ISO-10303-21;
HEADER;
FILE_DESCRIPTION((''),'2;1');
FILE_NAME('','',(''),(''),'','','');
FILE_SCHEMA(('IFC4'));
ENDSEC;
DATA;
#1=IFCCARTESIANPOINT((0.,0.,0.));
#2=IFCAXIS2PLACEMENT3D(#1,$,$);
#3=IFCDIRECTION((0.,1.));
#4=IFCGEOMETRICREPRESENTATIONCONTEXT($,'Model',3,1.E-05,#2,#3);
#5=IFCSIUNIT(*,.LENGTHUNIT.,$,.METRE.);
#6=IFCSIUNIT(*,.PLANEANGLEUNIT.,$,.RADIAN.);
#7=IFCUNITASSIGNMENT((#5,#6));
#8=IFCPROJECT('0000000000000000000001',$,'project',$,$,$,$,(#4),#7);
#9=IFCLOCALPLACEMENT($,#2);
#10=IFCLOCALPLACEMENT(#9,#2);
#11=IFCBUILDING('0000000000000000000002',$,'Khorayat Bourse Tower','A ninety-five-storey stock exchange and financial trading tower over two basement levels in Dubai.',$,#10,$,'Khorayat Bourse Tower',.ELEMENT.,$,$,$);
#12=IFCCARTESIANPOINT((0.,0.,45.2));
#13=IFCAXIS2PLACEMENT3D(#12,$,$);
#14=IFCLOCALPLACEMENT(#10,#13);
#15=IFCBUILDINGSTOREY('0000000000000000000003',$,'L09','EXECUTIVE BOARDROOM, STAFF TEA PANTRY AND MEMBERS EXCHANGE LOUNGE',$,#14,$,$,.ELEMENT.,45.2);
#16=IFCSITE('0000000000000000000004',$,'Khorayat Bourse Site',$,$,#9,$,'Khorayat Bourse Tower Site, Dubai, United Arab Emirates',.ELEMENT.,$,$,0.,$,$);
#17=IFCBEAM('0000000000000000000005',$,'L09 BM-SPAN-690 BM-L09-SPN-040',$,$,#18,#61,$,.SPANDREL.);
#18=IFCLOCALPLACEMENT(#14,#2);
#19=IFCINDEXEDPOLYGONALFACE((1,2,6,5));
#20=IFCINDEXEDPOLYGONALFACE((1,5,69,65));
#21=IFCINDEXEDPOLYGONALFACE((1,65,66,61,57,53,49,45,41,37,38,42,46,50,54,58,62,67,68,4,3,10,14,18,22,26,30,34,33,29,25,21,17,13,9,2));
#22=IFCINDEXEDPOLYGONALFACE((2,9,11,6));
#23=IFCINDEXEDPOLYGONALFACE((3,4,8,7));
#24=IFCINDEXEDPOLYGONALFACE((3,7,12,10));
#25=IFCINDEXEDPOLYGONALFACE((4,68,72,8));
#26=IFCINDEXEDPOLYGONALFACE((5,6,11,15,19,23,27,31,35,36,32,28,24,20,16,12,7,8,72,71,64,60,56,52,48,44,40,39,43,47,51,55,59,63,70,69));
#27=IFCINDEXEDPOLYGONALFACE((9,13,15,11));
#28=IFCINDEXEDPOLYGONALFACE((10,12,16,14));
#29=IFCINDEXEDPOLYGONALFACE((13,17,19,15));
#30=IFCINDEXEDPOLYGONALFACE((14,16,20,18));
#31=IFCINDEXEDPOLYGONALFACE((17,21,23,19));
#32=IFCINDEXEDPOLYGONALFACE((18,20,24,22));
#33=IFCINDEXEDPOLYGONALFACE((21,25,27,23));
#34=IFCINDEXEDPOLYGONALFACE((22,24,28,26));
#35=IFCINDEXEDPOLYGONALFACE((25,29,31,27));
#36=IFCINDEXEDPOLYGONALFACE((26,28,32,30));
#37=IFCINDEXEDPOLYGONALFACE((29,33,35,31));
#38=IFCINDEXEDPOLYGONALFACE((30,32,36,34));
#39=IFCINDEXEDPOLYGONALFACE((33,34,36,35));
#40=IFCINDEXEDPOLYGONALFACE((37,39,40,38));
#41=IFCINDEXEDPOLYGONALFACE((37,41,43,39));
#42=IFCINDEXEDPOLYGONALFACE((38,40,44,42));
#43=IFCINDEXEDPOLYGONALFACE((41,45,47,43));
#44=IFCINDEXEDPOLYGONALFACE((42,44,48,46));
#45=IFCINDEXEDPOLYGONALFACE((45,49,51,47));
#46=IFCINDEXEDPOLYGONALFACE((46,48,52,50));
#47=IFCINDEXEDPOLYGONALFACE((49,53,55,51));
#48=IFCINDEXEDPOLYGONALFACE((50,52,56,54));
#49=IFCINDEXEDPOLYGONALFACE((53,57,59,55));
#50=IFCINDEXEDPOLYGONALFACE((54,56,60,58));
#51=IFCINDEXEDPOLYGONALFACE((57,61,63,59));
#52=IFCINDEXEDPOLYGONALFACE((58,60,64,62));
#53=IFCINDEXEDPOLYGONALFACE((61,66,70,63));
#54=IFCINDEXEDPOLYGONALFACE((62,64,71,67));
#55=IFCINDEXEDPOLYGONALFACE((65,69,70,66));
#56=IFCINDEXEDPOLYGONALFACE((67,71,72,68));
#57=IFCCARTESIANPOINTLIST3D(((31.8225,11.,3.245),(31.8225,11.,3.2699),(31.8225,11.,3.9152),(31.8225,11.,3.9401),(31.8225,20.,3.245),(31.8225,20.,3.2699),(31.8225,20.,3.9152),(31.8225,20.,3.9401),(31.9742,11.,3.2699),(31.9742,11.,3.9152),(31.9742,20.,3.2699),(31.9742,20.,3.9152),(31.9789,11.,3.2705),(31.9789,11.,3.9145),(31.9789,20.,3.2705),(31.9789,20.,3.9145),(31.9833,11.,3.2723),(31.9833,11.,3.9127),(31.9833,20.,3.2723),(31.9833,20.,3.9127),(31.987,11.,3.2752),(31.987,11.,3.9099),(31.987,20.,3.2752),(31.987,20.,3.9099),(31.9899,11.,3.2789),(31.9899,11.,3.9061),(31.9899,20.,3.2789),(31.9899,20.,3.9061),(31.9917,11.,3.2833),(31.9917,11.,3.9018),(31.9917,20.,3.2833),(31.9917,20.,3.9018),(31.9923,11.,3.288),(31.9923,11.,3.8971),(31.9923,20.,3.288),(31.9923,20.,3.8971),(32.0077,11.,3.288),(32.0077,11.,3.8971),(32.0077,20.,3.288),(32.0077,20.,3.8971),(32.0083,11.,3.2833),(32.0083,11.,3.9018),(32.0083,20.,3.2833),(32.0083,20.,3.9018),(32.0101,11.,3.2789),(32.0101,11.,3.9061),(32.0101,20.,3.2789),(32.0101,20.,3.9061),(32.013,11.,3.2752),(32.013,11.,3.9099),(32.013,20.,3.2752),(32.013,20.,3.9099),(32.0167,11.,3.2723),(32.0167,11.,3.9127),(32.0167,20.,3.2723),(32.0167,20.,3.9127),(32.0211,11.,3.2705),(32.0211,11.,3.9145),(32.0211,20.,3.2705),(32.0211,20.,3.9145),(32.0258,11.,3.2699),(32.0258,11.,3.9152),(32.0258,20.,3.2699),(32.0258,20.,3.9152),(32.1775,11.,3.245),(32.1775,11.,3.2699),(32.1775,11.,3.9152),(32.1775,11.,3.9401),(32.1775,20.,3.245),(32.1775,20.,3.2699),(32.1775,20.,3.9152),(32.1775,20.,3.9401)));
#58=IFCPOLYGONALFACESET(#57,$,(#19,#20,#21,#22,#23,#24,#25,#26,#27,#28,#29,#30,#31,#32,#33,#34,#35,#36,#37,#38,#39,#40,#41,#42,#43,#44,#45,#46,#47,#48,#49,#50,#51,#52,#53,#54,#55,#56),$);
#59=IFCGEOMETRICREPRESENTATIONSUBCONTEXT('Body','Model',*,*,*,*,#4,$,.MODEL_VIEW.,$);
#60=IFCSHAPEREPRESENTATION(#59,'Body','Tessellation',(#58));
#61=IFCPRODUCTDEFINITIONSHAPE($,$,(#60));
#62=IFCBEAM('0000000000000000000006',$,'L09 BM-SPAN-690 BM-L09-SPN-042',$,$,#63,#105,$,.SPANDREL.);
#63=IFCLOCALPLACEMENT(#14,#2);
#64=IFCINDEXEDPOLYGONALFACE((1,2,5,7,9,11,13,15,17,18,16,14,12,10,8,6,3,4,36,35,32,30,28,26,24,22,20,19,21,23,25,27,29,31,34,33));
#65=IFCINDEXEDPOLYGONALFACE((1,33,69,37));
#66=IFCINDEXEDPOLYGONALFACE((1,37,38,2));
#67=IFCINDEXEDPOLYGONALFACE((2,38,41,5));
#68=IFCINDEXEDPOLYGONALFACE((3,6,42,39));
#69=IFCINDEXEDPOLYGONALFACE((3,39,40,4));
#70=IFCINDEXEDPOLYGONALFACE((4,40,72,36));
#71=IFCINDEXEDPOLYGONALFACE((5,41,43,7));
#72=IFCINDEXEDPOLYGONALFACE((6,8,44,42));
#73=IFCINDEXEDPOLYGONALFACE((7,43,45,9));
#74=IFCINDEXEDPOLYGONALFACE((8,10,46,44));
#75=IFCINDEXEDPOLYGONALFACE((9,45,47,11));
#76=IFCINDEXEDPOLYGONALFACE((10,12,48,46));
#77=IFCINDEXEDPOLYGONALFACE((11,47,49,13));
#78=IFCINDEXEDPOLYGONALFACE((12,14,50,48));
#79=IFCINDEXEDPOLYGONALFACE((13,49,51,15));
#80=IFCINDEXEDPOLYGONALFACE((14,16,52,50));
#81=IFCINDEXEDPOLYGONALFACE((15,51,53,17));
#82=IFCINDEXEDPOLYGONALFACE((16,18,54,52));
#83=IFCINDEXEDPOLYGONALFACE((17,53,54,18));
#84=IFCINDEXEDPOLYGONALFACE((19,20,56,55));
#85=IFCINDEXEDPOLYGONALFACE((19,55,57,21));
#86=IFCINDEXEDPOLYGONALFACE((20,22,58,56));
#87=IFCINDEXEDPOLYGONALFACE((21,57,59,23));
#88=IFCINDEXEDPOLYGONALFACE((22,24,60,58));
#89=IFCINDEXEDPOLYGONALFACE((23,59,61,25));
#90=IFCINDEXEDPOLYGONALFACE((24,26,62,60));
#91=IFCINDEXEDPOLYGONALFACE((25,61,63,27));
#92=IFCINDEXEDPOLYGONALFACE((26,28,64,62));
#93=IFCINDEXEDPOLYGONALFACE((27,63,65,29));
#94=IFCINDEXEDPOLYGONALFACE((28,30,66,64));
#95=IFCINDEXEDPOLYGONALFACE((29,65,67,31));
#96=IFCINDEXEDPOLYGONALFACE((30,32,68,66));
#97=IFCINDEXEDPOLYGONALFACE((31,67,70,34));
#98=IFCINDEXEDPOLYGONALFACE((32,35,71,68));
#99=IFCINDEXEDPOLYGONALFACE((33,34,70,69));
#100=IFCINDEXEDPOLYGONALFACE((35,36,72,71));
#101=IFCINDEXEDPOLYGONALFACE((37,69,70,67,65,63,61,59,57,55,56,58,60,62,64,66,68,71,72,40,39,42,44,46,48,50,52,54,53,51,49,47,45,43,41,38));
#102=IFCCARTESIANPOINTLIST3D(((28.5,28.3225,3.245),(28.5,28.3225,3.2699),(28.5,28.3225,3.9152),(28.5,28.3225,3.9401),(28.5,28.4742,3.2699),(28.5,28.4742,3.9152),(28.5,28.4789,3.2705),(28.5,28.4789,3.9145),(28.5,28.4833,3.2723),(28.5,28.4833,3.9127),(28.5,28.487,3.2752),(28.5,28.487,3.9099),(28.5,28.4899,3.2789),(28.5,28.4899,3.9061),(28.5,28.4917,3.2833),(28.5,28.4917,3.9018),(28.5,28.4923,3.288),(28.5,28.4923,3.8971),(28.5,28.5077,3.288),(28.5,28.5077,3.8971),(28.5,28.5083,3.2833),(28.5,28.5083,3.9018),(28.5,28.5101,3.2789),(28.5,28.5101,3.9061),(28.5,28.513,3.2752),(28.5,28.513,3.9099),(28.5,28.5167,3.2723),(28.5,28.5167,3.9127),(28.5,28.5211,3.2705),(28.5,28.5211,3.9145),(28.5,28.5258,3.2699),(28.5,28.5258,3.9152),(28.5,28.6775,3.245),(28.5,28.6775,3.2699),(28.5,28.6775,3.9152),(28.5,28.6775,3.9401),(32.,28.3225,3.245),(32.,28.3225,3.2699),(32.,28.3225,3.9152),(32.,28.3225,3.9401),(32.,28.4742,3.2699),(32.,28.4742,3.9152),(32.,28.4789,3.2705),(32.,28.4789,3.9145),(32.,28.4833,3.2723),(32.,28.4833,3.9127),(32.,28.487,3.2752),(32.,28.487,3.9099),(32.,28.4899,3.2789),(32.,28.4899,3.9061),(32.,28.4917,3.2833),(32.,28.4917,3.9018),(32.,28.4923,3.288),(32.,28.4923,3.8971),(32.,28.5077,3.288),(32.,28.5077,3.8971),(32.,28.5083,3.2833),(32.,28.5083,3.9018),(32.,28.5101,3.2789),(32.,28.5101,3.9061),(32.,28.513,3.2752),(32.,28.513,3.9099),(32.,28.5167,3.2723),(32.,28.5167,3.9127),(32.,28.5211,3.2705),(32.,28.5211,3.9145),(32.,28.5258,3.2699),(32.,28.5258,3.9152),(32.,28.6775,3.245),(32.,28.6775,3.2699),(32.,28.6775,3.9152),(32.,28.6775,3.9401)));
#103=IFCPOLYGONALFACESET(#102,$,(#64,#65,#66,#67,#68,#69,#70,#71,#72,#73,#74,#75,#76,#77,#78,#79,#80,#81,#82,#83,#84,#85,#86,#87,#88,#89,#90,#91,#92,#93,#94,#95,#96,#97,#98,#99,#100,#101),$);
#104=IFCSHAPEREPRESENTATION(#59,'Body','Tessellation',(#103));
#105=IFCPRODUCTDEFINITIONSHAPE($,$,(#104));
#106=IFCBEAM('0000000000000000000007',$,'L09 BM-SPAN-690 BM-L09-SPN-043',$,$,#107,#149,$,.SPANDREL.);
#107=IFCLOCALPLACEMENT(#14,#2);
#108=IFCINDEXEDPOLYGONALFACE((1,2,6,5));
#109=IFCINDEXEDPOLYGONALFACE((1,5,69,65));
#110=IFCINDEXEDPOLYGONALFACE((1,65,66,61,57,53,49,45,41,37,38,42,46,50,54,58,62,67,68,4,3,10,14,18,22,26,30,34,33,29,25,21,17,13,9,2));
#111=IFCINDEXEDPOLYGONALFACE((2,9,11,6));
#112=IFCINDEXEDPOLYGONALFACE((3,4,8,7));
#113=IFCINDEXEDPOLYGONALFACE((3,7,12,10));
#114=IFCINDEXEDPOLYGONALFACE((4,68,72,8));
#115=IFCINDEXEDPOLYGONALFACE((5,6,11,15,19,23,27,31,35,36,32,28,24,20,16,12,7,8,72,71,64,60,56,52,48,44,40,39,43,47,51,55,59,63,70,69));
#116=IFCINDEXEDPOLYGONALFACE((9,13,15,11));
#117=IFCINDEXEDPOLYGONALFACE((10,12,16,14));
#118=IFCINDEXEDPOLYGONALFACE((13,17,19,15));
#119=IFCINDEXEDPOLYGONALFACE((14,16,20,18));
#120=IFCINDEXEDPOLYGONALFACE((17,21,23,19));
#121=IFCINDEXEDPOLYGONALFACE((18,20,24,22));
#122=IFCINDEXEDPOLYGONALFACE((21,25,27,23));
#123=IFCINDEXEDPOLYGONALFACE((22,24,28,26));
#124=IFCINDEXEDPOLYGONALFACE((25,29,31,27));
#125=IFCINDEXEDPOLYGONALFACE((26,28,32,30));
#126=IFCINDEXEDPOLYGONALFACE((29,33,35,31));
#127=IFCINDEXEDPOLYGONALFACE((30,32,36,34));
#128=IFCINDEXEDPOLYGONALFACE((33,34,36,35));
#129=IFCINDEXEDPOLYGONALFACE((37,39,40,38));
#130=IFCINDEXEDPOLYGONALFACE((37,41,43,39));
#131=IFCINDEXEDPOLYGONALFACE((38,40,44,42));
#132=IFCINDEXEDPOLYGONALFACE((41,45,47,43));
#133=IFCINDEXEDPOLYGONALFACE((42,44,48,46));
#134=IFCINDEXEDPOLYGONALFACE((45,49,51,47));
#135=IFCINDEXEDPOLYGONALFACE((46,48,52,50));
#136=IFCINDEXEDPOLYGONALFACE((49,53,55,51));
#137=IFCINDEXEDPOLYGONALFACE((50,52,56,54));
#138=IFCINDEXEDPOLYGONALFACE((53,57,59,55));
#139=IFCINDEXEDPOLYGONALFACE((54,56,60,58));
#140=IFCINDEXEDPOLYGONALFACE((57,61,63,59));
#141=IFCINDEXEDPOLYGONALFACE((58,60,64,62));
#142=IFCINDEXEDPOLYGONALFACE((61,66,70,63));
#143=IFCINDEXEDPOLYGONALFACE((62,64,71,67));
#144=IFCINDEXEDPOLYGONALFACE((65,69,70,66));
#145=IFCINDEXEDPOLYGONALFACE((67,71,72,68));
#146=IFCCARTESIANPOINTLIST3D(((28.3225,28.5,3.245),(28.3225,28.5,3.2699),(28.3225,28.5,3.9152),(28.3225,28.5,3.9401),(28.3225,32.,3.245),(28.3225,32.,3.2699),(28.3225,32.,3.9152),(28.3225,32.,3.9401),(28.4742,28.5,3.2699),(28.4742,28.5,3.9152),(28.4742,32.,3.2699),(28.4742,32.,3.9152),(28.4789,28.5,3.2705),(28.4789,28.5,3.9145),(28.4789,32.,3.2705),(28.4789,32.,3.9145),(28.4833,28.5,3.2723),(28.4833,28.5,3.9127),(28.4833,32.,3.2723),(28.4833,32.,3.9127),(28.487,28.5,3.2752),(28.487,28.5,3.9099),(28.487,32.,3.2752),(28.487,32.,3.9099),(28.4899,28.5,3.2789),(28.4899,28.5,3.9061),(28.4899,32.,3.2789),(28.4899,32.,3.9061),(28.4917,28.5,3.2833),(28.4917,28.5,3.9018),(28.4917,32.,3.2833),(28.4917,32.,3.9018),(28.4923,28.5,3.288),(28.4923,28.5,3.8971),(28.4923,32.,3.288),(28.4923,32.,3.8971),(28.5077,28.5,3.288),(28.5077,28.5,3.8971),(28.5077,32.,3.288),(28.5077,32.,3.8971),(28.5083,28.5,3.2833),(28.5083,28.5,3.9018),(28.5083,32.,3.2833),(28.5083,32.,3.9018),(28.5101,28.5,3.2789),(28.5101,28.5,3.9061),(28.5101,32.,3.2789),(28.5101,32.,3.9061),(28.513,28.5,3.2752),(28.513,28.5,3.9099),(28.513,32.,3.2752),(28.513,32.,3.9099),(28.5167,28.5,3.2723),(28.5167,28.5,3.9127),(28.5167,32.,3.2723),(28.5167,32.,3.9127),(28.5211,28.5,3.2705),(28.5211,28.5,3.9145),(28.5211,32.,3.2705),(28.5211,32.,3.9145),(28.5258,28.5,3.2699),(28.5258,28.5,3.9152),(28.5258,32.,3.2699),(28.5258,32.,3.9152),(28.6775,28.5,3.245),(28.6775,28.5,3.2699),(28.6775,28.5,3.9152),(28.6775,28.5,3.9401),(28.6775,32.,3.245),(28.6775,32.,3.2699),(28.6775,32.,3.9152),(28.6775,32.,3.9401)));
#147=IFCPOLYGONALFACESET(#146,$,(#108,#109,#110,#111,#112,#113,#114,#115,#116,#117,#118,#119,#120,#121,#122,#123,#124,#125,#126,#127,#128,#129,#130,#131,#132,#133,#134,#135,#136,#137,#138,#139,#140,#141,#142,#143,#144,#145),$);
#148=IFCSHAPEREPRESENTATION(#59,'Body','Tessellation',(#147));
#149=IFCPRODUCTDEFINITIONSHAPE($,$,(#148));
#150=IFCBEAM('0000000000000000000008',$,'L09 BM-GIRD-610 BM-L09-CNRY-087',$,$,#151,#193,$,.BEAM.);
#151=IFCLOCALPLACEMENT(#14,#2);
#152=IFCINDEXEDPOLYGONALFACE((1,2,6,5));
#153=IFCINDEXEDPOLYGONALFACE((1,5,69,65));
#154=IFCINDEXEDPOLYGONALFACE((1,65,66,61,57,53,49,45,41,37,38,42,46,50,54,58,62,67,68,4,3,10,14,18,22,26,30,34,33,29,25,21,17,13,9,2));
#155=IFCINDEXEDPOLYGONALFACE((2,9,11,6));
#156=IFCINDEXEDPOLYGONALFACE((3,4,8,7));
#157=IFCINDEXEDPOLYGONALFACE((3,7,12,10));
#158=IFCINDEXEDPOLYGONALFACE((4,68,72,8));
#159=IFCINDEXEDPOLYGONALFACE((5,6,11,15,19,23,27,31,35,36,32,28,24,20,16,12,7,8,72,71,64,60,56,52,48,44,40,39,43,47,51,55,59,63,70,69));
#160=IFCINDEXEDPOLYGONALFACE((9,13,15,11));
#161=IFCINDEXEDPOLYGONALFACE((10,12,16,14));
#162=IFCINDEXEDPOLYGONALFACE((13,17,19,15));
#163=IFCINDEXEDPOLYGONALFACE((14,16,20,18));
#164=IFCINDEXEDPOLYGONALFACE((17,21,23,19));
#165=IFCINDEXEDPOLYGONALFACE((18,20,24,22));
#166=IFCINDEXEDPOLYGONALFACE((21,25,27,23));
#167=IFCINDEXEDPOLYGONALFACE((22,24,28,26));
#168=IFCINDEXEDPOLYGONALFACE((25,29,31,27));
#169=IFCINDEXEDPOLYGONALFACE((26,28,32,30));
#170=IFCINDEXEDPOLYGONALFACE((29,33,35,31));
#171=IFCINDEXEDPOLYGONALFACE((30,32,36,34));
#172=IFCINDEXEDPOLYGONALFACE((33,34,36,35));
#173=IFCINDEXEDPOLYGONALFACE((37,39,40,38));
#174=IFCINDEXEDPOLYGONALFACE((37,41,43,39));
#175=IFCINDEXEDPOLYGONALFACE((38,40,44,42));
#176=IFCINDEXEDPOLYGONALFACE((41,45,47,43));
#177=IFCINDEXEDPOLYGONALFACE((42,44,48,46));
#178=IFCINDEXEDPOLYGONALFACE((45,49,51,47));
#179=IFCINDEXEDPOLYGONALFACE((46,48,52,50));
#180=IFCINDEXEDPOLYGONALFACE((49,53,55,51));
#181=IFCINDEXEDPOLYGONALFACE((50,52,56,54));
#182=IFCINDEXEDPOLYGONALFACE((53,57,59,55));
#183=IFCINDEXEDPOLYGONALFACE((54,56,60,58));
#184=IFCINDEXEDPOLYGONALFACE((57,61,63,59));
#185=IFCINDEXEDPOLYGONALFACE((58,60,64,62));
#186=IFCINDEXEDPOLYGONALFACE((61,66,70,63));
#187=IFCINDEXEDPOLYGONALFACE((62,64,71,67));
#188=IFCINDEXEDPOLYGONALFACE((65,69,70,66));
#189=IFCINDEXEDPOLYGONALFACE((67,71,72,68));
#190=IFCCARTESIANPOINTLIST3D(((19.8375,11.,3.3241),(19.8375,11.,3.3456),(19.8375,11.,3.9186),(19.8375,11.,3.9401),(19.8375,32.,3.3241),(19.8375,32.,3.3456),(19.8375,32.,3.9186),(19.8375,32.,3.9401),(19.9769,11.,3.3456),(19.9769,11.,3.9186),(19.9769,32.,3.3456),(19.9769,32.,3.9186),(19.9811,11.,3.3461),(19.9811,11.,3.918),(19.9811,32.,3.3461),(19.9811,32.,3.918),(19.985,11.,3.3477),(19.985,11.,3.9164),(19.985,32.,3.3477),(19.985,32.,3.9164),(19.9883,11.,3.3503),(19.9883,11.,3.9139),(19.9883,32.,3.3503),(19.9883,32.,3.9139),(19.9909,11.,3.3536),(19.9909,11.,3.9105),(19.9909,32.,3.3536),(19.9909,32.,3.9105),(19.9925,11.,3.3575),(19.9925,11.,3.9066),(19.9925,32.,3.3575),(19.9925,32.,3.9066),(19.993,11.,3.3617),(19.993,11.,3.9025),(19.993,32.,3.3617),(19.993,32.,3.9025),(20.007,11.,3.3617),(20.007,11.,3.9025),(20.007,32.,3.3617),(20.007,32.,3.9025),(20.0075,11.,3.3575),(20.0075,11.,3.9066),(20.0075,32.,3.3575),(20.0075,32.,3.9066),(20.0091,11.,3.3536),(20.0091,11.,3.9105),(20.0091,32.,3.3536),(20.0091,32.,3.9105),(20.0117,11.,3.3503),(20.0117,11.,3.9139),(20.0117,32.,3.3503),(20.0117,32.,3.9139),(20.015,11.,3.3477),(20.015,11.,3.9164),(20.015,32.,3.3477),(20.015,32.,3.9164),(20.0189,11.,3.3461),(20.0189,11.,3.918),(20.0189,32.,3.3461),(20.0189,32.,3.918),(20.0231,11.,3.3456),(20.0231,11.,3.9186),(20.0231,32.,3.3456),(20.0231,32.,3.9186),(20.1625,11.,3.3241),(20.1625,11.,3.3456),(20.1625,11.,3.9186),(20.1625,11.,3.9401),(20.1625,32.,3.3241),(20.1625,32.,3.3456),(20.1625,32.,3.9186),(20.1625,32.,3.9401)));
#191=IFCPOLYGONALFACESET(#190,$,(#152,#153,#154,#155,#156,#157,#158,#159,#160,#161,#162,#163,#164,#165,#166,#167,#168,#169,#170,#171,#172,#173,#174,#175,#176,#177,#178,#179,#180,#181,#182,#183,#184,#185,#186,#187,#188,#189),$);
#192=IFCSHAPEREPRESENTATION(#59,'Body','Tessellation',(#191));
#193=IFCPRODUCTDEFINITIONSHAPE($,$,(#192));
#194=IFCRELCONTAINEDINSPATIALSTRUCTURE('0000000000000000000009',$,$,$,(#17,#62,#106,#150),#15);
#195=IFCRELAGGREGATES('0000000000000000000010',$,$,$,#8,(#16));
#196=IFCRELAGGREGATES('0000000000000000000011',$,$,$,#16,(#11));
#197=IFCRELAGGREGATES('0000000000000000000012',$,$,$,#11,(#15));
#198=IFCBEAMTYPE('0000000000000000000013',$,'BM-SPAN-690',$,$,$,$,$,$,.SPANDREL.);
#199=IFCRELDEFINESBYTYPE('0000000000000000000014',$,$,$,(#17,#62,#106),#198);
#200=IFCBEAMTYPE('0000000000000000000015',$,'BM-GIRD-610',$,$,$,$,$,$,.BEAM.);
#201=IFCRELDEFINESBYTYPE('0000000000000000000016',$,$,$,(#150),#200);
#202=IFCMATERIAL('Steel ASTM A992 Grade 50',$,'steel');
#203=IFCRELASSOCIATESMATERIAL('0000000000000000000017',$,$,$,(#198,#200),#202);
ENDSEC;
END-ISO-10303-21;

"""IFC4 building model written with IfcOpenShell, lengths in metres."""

from ifc_helpers import new_model, si_unit, direction, frame, origin, origin_2d, place, context, subcontext, project, spatial, i_section, extrude, source, transform, mapped, material, material_profile, profile_set, type_object, element, save


model = new_model("IFC4")

# Units and contexts
model_context = context("Model", 3, precision=1e-05, world=origin(), true_north=direction((0.0, 1.0)))
body_context = subcontext(model_context, "Body", "Model", "MODEL_VIEW")
ifc_project = project(units=[si_unit("LENGTHUNIT", "METRE"), si_unit("PLANEANGLEUNIT", "RADIAN")], contexts=[model_context])

# Site, building, storey
site_placement = place(None, origin())
site = spatial("IfcSite", under=ifc_project, at=site_placement, Name="Khorayat Bourse Site", LongName="Khorayat Bourse Tower Site, Dubai, United Arab Emirates", CompositionType="ELEMENT", RefElevation=0.0)
building_placement = place(site_placement, origin())
building = spatial("IfcBuilding", under=site, at=building_placement, Name="Khorayat Bourse Tower", Description="A ninety-five-storey stock exchange and financial trading tower over two basement levels in Dubai.", LongName="Khorayat Bourse Tower", CompositionType="ELEMENT")
storey_placement = place(building_placement, frame((0.0, 0.0, 45.2)))
storey = spatial("IfcBuildingStorey", under=building, at=storey_placement, Name="L09", Description="EXECUTIVE BOARDROOM, STAFF TEA PANTRY AND MEMBERS EXCHANGE LOUNGE", CompositionType="ELEMENT", Elevation=45.2)

# Beams
ifc_material_1 = material(Name="Steel ASTM A992 Grade 50", Category="steel")
ifc_material_profile_1 = material_profile(ifc_material_1, i_section(OverallWidth=0.355, OverallDepth=0.6951, WebThickness=0.0154, FlangeThickness=0.0249, FilletRadius=0.0181, at=origin_2d()), Name="W690X217")
ifc_profile_set_1 = profile_set([ifc_material_profile_1], Name="Steel ASTM A992 Grade 50")
beam_type_1 = type_object("IfcBeamType", Name="BM-SPAN-690", PredefinedType="SPANDREL", material=ifc_profile_set_1)
shared_shape_1 = source(origin(), body_context, "Body", "SweptSolid", [
    extrude(i_section(OverallWidth=0.355, OverallDepth=0.6951, WebThickness=0.0154, FlangeThickness=0.0249, FilletRadius=0.0181, at=origin_2d()), origin(), (0.0, 0.0, 1.0), 9.0),
])
beam_1_placement = place(storey_placement, frame((32.0, 11.0, 3.5925), z_axis=(0.0, 1.0, 0.0), x_axis=(-1.0, 0.0, 0.0)))
element("IfcBeam", 1, at=beam_1_placement, inside=storey, type_object=beam_type_1, Name="L09 BM-SPAN-690 BM-L09-SPN-040", PredefinedType="SPANDREL", context=body_context, shape_type="MappedRepresentation", body=[
    mapped(shared_shape_1, transform((0.0, 0.0, 0.0), scale=1.0)),
])
shared_shape_2 = source(origin(), body_context, "Body", "SweptSolid", [
    extrude(i_section(OverallWidth=0.355, OverallDepth=0.6951, WebThickness=0.0154, FlangeThickness=0.0249, FilletRadius=0.0181, at=origin_2d()), origin(), (0.0, 0.0, 1.0), 3.5),
])
for number, where, z_axis, x_axis, name in (
    (2, (28.5, 28.5, 3.5925), (1.0, 0.0, 0.0), (0.0, 1.0, 0.0), "L09 BM-SPAN-690 BM-L09-SPN-042"),
    (3, (28.5, 28.5, 3.5925), (0.0, 1.0, 0.0), (-1.0, 0.0, 0.0), "L09 BM-SPAN-690 BM-L09-SPN-043"),
):
    element("IfcBeam", number, at=place(storey_placement, frame(where, z_axis=z_axis, x_axis=x_axis)), inside=storey, type_object=beam_type_1, Name=name, PredefinedType="SPANDREL", context=body_context, shape_type="MappedRepresentation", body=[
        mapped(shared_shape_2, transform((0.0, 0.0, 0.0), scale=1.0)),
    ])
ifc_material_profile_2 = material_profile(ifc_material_1, i_section(OverallWidth=0.325, OverallDepth=0.616, WebThickness=0.0139, FlangeThickness=0.0215, FilletRadius=0.0161, at=origin_2d()), Name="W610X174")
ifc_profile_set_2 = profile_set([ifc_material_profile_2], Name="Steel ASTM A992 Grade 50")
beam_type_2 = type_object("IfcBeamType", Name="BM-GIRD-610", PredefinedType="BEAM", material=ifc_profile_set_2)
shared_shape_3 = source(origin(), body_context, "Body", "SweptSolid", [
    extrude(i_section(OverallWidth=0.325, OverallDepth=0.616, WebThickness=0.0139, FlangeThickness=0.0215, FilletRadius=0.0161, at=origin_2d()), origin(), (0.0, 0.0, 1.0), 21.0),
])
beam_2_placement = place(storey_placement, frame((20.0, 11.0, 3.6321), z_axis=(0.0, 1.0, 0.0), x_axis=(-1.0, 0.0, 0.0)))
element("IfcBeam", 4, at=beam_2_placement, inside=storey, type_object=beam_type_2, Name="L09 BM-GIRD-610 BM-L09-CNRY-087", PredefinedType="BEAM", context=body_context, shape_type="MappedRepresentation", body=[
    mapped(shared_shape_3, transform((0.0, 0.0, 0.0), scale=1.0)),
])

save(model, "model.ifc")
